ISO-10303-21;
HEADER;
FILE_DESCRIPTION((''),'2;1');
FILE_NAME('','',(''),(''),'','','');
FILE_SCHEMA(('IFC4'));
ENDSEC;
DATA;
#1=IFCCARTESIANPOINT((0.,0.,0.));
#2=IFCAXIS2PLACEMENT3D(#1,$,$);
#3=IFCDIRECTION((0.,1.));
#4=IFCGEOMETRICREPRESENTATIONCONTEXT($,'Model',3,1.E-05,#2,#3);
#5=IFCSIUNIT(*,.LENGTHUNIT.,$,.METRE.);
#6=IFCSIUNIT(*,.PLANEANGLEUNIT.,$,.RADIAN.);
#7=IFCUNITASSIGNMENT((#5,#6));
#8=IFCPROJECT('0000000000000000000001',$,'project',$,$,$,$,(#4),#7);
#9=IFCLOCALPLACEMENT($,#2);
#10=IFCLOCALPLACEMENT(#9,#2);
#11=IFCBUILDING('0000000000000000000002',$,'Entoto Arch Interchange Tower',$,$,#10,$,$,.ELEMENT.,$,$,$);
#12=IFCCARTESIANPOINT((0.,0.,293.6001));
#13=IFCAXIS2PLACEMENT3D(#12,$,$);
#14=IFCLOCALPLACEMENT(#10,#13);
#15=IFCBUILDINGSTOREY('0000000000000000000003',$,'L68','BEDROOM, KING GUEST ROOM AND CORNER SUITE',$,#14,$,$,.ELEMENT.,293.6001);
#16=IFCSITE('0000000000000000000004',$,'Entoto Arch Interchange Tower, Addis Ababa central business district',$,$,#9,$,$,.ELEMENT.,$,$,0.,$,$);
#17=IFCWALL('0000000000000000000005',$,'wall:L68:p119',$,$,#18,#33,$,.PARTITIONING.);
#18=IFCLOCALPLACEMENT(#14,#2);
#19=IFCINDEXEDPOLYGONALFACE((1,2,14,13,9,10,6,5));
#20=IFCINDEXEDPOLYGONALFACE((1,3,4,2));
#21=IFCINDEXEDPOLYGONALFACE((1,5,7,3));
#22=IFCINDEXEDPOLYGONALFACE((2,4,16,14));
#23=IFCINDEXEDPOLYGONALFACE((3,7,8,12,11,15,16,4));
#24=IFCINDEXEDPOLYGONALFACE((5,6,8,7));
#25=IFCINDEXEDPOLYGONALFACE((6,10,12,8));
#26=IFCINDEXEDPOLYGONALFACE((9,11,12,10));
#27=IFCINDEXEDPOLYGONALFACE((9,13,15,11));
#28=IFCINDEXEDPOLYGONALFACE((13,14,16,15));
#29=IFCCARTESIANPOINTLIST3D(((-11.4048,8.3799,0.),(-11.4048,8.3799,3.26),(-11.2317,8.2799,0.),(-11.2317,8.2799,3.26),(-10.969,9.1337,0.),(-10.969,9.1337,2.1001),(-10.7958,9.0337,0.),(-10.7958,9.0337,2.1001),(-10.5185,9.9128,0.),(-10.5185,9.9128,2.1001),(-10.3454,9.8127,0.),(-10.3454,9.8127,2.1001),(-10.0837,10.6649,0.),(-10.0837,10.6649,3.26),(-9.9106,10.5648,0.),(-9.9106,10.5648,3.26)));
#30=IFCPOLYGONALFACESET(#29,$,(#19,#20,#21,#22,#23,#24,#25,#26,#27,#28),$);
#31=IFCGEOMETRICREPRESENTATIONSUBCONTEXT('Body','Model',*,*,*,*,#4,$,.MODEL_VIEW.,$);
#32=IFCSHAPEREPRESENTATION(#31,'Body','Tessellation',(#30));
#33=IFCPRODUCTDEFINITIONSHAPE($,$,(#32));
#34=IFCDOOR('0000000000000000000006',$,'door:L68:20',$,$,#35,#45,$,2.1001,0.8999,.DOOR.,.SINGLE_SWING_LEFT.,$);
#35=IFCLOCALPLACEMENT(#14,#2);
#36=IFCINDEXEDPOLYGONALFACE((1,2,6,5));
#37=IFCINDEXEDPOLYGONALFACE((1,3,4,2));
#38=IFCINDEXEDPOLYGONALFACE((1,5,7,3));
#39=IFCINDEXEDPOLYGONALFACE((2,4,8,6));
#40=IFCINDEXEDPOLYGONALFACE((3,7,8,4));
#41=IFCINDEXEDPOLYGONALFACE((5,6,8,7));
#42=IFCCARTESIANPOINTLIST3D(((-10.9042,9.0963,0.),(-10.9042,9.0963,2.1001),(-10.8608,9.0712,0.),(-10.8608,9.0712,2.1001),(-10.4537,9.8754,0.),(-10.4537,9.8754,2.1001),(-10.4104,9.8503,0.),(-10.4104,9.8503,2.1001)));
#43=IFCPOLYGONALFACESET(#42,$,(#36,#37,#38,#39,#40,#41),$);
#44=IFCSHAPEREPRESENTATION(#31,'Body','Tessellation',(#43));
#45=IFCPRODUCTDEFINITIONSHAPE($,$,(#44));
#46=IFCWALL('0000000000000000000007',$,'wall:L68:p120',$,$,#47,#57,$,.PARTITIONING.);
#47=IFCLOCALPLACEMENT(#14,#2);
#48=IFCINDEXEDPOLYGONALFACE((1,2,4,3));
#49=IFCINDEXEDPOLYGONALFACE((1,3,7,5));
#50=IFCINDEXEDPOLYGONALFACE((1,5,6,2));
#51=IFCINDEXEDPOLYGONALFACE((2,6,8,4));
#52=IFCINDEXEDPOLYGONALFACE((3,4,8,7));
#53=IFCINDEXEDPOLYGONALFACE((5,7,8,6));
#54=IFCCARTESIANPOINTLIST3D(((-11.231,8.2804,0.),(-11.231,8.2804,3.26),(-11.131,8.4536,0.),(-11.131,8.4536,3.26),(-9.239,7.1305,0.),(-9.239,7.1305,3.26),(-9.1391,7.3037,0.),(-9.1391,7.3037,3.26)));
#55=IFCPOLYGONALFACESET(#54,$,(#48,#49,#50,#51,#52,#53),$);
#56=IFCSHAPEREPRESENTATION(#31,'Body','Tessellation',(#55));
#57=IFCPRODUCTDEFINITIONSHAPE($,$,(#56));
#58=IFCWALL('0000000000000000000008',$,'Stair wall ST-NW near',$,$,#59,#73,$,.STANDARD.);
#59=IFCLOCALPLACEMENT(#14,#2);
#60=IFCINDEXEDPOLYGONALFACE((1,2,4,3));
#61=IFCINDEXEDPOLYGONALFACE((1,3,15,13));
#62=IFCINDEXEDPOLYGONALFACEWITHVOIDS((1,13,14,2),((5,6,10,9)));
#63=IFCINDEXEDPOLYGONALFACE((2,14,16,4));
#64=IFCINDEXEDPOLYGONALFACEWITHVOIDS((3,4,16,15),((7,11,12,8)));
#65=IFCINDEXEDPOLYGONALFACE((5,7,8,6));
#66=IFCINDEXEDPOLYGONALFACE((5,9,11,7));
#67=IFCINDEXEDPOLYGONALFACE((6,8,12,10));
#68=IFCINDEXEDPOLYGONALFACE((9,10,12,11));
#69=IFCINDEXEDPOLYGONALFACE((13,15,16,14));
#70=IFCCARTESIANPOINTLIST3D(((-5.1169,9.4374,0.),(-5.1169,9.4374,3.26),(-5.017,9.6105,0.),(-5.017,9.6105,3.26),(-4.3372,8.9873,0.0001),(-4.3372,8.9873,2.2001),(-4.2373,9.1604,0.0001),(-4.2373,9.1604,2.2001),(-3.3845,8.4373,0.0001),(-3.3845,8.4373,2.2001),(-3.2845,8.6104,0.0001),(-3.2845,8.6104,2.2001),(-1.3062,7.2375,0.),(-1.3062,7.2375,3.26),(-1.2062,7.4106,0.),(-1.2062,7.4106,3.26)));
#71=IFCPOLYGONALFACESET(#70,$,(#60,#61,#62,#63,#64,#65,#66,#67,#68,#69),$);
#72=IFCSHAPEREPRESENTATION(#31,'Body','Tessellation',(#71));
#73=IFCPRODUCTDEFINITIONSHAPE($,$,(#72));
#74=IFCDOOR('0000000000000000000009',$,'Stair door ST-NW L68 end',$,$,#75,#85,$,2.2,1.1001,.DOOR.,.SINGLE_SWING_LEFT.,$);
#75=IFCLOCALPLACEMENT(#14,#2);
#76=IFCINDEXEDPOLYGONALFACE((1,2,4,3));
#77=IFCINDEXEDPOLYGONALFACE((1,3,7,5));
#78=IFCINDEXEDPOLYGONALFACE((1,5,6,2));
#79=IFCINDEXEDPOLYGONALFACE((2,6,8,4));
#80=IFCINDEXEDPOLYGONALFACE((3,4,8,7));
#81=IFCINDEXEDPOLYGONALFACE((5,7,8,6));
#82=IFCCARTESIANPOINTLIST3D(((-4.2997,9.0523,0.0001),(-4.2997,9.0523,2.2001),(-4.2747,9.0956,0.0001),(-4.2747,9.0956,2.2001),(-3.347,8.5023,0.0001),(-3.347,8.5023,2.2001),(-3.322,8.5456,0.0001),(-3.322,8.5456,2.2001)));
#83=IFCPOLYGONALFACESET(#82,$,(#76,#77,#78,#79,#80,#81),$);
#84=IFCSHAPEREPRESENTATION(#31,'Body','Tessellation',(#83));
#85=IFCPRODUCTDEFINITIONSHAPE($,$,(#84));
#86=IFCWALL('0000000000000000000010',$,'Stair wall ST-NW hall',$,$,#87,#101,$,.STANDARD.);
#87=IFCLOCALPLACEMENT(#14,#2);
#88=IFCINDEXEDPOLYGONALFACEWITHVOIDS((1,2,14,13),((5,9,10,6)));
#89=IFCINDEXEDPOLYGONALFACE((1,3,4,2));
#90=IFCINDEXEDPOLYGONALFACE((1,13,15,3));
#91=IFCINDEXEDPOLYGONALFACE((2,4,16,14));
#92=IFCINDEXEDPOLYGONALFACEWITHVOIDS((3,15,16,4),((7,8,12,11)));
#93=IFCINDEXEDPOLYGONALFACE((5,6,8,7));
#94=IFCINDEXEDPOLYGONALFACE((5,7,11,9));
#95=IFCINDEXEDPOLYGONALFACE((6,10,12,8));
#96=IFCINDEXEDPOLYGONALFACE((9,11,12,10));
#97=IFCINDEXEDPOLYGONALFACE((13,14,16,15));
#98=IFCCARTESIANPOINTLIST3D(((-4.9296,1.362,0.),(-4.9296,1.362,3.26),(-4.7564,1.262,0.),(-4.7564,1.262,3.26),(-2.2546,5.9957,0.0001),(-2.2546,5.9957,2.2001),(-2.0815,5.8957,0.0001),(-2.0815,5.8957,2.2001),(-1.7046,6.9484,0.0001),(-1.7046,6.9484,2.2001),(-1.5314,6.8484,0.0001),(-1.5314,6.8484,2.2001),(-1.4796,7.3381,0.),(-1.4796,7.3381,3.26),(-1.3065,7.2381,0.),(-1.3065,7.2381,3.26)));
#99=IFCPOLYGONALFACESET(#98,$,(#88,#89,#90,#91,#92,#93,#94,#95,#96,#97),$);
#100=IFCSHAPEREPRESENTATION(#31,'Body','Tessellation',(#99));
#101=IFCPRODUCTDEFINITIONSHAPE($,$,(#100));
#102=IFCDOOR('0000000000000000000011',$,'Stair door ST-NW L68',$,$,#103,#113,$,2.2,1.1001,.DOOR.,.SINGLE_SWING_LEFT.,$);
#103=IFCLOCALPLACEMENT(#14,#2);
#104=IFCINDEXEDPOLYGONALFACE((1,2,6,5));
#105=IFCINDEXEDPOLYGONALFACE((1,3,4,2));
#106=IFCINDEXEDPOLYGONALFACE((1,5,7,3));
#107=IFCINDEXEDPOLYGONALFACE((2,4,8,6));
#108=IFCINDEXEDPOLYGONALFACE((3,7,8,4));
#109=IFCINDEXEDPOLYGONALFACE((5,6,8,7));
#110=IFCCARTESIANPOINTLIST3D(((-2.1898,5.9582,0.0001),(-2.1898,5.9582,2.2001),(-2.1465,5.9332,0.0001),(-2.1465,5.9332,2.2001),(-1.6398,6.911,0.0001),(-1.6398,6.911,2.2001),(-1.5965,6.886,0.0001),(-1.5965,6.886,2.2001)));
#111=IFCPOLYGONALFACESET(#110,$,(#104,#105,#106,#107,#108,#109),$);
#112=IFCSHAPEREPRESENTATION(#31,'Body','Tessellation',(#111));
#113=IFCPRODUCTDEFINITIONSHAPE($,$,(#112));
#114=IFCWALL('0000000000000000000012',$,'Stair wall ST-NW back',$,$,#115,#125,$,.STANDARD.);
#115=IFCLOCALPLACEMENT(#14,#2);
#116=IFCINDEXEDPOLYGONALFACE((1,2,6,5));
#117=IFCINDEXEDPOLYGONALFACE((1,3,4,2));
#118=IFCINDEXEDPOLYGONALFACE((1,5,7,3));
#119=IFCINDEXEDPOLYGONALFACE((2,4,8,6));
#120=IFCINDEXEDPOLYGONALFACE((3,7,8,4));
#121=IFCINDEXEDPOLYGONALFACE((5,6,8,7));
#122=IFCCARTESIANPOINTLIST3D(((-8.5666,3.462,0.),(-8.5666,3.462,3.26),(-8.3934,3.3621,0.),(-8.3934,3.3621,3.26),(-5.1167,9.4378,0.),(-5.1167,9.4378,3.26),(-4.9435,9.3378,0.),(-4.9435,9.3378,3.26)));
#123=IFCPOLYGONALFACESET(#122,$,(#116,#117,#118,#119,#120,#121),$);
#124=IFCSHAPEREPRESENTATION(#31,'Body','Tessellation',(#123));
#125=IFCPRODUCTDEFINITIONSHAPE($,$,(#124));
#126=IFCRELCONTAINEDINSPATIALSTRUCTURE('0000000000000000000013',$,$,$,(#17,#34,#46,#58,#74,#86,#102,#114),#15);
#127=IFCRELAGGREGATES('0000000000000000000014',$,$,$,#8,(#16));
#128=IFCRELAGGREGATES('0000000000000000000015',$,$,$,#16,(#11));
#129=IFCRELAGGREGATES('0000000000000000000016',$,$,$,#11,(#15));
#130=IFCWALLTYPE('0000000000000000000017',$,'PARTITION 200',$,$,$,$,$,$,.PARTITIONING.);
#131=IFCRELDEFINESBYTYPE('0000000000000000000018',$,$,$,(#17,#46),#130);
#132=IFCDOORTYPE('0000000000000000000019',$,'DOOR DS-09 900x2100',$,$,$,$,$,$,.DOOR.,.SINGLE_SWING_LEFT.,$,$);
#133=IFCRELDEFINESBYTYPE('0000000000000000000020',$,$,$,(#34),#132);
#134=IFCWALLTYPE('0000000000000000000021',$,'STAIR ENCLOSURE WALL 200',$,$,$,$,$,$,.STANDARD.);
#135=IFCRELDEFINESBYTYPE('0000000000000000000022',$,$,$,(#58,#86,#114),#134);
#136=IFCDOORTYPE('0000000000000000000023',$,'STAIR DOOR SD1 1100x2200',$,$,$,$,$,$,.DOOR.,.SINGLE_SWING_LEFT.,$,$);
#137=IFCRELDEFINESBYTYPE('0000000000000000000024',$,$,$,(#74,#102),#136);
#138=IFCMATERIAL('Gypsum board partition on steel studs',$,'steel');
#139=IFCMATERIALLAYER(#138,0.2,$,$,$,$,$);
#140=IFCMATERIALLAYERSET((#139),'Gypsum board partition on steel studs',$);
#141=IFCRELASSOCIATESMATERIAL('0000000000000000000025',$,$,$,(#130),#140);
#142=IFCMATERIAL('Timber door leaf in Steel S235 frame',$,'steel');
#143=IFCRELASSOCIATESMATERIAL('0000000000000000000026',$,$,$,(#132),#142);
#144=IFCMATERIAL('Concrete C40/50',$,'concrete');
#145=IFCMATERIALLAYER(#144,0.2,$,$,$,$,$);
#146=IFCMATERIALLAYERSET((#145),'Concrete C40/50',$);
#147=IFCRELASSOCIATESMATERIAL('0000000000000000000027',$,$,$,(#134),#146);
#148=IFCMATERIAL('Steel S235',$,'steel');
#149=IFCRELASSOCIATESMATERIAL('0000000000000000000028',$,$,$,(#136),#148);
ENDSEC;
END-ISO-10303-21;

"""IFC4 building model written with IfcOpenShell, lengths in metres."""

from ifc_helpers import new_model, si_unit, direction, frame, frame_2d, origin, place, context, subcontext, project, spatial, rectangle, extrude, material, layer, layer_set, type_object, element, fill, save


model = new_model("IFC4")

# Units and contexts
model_context = context("Model", 3, precision=1e-05, world=origin(), true_north=direction((0.0, 1.0)))
body_context = subcontext(model_context, "Body", "Model", "MODEL_VIEW")
ifc_project = project(units=[si_unit("LENGTHUNIT", "METRE"), si_unit("PLANEANGLEUNIT", "RADIAN")], contexts=[model_context])

# Site, building, storey
site_placement = place(None, origin())
site = spatial("IfcSite", under=ifc_project, at=site_placement, Name="Entoto Arch Interchange Tower, Addis Ababa central business district", CompositionType="ELEMENT", RefElevation=0.0)
building_placement = place(site_placement, origin())
building = spatial("IfcBuilding", under=site, at=building_placement, Name="Entoto Arch Interchange Tower", CompositionType="ELEMENT")
storey_placement = place(building_placement, frame((0.0, 0.0, 293.6001)))
storey = spatial("IfcBuildingStorey", under=building, at=storey_placement, Name="L68", Description="BEDROOM, KING GUEST ROOM AND CORNER SUITE", CompositionType="ELEMENT", Elevation=293.6001)

# Shared definitions
ifc_material_1 = material(Name="Concrete C40/50", Category="concrete")

# Shared definitions
ifc_material_2 = material(Name="Gypsum board partition on steel studs", Category="steel")
ifc_layer_1 = layer(ifc_material_2, 0.2)
ifc_layer_set_1 = layer_set([ifc_layer_1], Name="Gypsum board partition on steel studs")
wall_type_1 = type_object("IfcWallType", Name="PARTITION 200", PredefinedType="PARTITIONING", material=ifc_layer_set_1)

# Wall, opening, door
wall_1_placement = place(storey_placement, frame((-9.9971, 10.615, 0.0), z_axis=(0.0, 0.0, 1.0), x_axis=(-0.500526, -0.865722, 0.0)))
wall_1 = element("IfcWall", 1, at=wall_1_placement, inside=storey, type_object=wall_type_1, Name="wall:L68:p119", PredefinedType="PARTITIONING", context=body_context, shape_type="SweptSolid", body=[
    extrude(rectangle(XDim=2.6394, YDim=0.2, at=frame_2d((1.3198, 0.0))), origin(), (0.0, 0.0, 1.0), 3.26),
])
opening_1_placement = place(wall_1_placement, frame((0.8689, 0.0, 0.0)))
opening_1 = element("IfcOpeningElement", 2, at=opening_1_placement, cuts=wall_1, PredefinedType="OPENING", context=body_context, shape_type="SweptSolid", body=[
    extrude(rectangle(XDim=0.8999, YDim=2.1001, at=frame_2d((0.45, 1.05))), frame((0.0, 0.1099, 0.0), z_axis=(0.0, -1.0, 0.0), x_axis=(1.0, 0.0, 0.0)), (0.0, 0.0, 1.0), 0.22),
])
ifc_material_3 = material(Name="Timber door leaf in Steel S235 frame", Category="steel")
door_type_1 = type_object("IfcDoorType", Name="DOOR DS-09 900x2100", OperationType="SINGLE_SWING_LEFT", PredefinedType="DOOR", material=ifc_material_3)
door_1_placement = place(opening_1_placement, origin())
door_1 = element("IfcDoor", 3, at=door_1_placement, inside=storey, type_object=door_type_1, Name="door:L68:20", OperationType="SINGLE_SWING_LEFT", OverallHeight=2.1001, OverallWidth=0.8999, PredefinedType="DOOR", context=body_context, shape_type="SweptSolid", body=[
    extrude(rectangle(XDim=0.8999, YDim=2.1001, at=frame_2d((0.45, 1.05))), frame((0.0, 0.0249, 0.0), z_axis=(0.0, -1.0, 0.0), x_axis=(1.0, 0.0, 0.0)), (0.0, 0.0, 1.0), 0.05),
])
fill(opening_1, door_1)

# Wall
wall_2_placement = place(storey_placement, frame((-11.1809, 8.3669, 0.0), z_axis=(0.0, 0.0, 1.0), x_axis=(0.866053, -0.499952, 0.0)))
element("IfcWall", 4, at=wall_2_placement, inside=storey, type_object=wall_type_1, Name="wall:L68:p120", PredefinedType="PARTITIONING", context=body_context, shape_type="SweptSolid", body=[
    extrude(rectangle(XDim=2.3, YDim=0.2, at=frame_2d((1.1499, 0.0))), origin(), (0.0, 0.0, 1.0), 3.26),
])

# Walls, openings, doors
ifc_layer_2 = layer(ifc_material_1, 0.2)
ifc_layer_set_2 = layer_set([ifc_layer_2], Name="Concrete C40/50")
wall_type_2 = type_object("IfcWallType", Name="STAIR ENCLOSURE WALL 200", PredefinedType="STANDARD", material=ifc_layer_set_2)
wall_3_placement = place(storey_placement, frame((-1.2561, 7.324, 0.0), z_axis=(0.0, 0.0, 1.0), x_axis=(-0.866046, 0.499964, 0.0)))
wall_3 = element("IfcWall", 5, at=wall_3_placement, inside=storey, type_object=wall_type_2, Name="Stair wall ST-NW near", PredefinedType="STANDARD", context=body_context, shape_type="SweptSolid", body=[
    extrude(rectangle(XDim=4.4001, YDim=0.2, at=frame_2d((2.2002, 0.0))), origin(), (0.0, 0.0, 1.0), 3.26),
])
opening_2_placement = place(wall_3_placement, frame((2.3999, 0.0, 0.0)))
opening_2 = element("IfcOpeningElement", 6, at=opening_2_placement, cuts=wall_3, PredefinedType="OPENING", context=body_context, shape_type="SweptSolid", body=[
    extrude(rectangle(XDim=1.1001, YDim=2.2, at=frame_2d((0.55, 1.1001))), frame((0.0, 0.1099, 0.0), z_axis=(0.0, -1.0, 0.0), x_axis=(1.0, 0.0, 0.0)), (0.0, 0.0, 1.0), 0.22),
])
ifc_material_4 = material(Name="Steel S235", Category="steel")
door_type_2 = type_object("IfcDoorType", Name="STAIR DOOR SD1 1100x2200", OperationType="SINGLE_SWING_LEFT", PredefinedType="DOOR", material=ifc_material_4)
door_2_placement = place(opening_2_placement, origin())
door_2 = element("IfcDoor", 7, at=door_2_placement, inside=storey, type_object=door_type_2, Name="Stair door ST-NW L68 end", OperationType="SINGLE_SWING_LEFT", OverallHeight=2.2, OverallWidth=1.1001, PredefinedType="DOOR", context=body_context, shape_type="SweptSolid", body=[
    extrude(rectangle(XDim=1.1001, YDim=2.2, at=frame_2d((0.55, 1.1001))), frame((0.0, 0.0249, 0.0), z_axis=(0.0, -1.0, 0.0), x_axis=(1.0, 0.0, 0.0)), (0.0, 0.0, 1.0), 0.05),
])
fill(opening_2, door_2)
wall_4_placement = place(storey_placement, frame((-1.3931, 7.2881, 0.0), z_axis=(0.0, 0.0, 1.0), x_axis=(-0.499963, -0.866047, 0.0)))
wall_4 = element("IfcWall", 8, at=wall_4_placement, inside=storey, type_object=wall_type_2, Name="Stair wall ST-NW hall", PredefinedType="STANDARD", context=body_context, shape_type="SweptSolid", body=[
    extrude(rectangle(XDim=6.9004, YDim=0.2, at=frame_2d((3.4502, 0.0))), origin(), (0.0, 0.0, 1.0), 3.26),
])
opening_3_placement = place(wall_4_placement, frame((0.45, 0.0, 0.0)))
opening_3 = element("IfcOpeningElement", 9, at=opening_3_placement, cuts=wall_4, PredefinedType="OPENING", context=body_context, shape_type="SweptSolid", body=[
    extrude(rectangle(XDim=1.1001, YDim=2.2, at=frame_2d((0.55, 1.1001))), frame((0.0, 0.1099, 0.0), z_axis=(0.0, -1.0, 0.0), x_axis=(1.0, 0.0, 0.0)), (0.0, 0.0, 1.0), 0.22),
])
door_3_placement = place(opening_3_placement, origin())
door_3 = element("IfcDoor", 10, at=door_3_placement, inside=storey, type_object=door_type_2, Name="Stair door ST-NW L68", OperationType="SINGLE_SWING_LEFT", OverallHeight=2.2, OverallWidth=1.1001, PredefinedType="DOOR", context=body_context, shape_type="SweptSolid", body=[
    extrude(rectangle(XDim=1.1001, YDim=2.2, at=frame_2d((0.55, 1.1001))), frame((0.0, 0.0249, 0.0), z_axis=(0.0, -1.0, 0.0), x_axis=(1.0, 0.0, 0.0)), (0.0, 0.0, 1.0), 0.05),
])
fill(opening_3, door_3)

# Wall
wall_5_placement = place(storey_placement, frame((-5.03, 9.3879, 0.0), z_axis=(0.0, 0.0, 1.0), x_axis=(-0.499979, -0.866038, 0.0)))
element("IfcWall", 11, at=wall_5_placement, inside=storey, type_object=wall_type_2, Name="Stair wall ST-NW back", PredefinedType="STANDARD", context=body_context, shape_type="SweptSolid", body=[
    extrude(rectangle(XDim=6.9001, YDim=0.2, at=frame_2d((3.4502, 0.0))), origin(), (0.0, 0.0, 1.0), 3.26),
])

save(model, "model.ifc")
